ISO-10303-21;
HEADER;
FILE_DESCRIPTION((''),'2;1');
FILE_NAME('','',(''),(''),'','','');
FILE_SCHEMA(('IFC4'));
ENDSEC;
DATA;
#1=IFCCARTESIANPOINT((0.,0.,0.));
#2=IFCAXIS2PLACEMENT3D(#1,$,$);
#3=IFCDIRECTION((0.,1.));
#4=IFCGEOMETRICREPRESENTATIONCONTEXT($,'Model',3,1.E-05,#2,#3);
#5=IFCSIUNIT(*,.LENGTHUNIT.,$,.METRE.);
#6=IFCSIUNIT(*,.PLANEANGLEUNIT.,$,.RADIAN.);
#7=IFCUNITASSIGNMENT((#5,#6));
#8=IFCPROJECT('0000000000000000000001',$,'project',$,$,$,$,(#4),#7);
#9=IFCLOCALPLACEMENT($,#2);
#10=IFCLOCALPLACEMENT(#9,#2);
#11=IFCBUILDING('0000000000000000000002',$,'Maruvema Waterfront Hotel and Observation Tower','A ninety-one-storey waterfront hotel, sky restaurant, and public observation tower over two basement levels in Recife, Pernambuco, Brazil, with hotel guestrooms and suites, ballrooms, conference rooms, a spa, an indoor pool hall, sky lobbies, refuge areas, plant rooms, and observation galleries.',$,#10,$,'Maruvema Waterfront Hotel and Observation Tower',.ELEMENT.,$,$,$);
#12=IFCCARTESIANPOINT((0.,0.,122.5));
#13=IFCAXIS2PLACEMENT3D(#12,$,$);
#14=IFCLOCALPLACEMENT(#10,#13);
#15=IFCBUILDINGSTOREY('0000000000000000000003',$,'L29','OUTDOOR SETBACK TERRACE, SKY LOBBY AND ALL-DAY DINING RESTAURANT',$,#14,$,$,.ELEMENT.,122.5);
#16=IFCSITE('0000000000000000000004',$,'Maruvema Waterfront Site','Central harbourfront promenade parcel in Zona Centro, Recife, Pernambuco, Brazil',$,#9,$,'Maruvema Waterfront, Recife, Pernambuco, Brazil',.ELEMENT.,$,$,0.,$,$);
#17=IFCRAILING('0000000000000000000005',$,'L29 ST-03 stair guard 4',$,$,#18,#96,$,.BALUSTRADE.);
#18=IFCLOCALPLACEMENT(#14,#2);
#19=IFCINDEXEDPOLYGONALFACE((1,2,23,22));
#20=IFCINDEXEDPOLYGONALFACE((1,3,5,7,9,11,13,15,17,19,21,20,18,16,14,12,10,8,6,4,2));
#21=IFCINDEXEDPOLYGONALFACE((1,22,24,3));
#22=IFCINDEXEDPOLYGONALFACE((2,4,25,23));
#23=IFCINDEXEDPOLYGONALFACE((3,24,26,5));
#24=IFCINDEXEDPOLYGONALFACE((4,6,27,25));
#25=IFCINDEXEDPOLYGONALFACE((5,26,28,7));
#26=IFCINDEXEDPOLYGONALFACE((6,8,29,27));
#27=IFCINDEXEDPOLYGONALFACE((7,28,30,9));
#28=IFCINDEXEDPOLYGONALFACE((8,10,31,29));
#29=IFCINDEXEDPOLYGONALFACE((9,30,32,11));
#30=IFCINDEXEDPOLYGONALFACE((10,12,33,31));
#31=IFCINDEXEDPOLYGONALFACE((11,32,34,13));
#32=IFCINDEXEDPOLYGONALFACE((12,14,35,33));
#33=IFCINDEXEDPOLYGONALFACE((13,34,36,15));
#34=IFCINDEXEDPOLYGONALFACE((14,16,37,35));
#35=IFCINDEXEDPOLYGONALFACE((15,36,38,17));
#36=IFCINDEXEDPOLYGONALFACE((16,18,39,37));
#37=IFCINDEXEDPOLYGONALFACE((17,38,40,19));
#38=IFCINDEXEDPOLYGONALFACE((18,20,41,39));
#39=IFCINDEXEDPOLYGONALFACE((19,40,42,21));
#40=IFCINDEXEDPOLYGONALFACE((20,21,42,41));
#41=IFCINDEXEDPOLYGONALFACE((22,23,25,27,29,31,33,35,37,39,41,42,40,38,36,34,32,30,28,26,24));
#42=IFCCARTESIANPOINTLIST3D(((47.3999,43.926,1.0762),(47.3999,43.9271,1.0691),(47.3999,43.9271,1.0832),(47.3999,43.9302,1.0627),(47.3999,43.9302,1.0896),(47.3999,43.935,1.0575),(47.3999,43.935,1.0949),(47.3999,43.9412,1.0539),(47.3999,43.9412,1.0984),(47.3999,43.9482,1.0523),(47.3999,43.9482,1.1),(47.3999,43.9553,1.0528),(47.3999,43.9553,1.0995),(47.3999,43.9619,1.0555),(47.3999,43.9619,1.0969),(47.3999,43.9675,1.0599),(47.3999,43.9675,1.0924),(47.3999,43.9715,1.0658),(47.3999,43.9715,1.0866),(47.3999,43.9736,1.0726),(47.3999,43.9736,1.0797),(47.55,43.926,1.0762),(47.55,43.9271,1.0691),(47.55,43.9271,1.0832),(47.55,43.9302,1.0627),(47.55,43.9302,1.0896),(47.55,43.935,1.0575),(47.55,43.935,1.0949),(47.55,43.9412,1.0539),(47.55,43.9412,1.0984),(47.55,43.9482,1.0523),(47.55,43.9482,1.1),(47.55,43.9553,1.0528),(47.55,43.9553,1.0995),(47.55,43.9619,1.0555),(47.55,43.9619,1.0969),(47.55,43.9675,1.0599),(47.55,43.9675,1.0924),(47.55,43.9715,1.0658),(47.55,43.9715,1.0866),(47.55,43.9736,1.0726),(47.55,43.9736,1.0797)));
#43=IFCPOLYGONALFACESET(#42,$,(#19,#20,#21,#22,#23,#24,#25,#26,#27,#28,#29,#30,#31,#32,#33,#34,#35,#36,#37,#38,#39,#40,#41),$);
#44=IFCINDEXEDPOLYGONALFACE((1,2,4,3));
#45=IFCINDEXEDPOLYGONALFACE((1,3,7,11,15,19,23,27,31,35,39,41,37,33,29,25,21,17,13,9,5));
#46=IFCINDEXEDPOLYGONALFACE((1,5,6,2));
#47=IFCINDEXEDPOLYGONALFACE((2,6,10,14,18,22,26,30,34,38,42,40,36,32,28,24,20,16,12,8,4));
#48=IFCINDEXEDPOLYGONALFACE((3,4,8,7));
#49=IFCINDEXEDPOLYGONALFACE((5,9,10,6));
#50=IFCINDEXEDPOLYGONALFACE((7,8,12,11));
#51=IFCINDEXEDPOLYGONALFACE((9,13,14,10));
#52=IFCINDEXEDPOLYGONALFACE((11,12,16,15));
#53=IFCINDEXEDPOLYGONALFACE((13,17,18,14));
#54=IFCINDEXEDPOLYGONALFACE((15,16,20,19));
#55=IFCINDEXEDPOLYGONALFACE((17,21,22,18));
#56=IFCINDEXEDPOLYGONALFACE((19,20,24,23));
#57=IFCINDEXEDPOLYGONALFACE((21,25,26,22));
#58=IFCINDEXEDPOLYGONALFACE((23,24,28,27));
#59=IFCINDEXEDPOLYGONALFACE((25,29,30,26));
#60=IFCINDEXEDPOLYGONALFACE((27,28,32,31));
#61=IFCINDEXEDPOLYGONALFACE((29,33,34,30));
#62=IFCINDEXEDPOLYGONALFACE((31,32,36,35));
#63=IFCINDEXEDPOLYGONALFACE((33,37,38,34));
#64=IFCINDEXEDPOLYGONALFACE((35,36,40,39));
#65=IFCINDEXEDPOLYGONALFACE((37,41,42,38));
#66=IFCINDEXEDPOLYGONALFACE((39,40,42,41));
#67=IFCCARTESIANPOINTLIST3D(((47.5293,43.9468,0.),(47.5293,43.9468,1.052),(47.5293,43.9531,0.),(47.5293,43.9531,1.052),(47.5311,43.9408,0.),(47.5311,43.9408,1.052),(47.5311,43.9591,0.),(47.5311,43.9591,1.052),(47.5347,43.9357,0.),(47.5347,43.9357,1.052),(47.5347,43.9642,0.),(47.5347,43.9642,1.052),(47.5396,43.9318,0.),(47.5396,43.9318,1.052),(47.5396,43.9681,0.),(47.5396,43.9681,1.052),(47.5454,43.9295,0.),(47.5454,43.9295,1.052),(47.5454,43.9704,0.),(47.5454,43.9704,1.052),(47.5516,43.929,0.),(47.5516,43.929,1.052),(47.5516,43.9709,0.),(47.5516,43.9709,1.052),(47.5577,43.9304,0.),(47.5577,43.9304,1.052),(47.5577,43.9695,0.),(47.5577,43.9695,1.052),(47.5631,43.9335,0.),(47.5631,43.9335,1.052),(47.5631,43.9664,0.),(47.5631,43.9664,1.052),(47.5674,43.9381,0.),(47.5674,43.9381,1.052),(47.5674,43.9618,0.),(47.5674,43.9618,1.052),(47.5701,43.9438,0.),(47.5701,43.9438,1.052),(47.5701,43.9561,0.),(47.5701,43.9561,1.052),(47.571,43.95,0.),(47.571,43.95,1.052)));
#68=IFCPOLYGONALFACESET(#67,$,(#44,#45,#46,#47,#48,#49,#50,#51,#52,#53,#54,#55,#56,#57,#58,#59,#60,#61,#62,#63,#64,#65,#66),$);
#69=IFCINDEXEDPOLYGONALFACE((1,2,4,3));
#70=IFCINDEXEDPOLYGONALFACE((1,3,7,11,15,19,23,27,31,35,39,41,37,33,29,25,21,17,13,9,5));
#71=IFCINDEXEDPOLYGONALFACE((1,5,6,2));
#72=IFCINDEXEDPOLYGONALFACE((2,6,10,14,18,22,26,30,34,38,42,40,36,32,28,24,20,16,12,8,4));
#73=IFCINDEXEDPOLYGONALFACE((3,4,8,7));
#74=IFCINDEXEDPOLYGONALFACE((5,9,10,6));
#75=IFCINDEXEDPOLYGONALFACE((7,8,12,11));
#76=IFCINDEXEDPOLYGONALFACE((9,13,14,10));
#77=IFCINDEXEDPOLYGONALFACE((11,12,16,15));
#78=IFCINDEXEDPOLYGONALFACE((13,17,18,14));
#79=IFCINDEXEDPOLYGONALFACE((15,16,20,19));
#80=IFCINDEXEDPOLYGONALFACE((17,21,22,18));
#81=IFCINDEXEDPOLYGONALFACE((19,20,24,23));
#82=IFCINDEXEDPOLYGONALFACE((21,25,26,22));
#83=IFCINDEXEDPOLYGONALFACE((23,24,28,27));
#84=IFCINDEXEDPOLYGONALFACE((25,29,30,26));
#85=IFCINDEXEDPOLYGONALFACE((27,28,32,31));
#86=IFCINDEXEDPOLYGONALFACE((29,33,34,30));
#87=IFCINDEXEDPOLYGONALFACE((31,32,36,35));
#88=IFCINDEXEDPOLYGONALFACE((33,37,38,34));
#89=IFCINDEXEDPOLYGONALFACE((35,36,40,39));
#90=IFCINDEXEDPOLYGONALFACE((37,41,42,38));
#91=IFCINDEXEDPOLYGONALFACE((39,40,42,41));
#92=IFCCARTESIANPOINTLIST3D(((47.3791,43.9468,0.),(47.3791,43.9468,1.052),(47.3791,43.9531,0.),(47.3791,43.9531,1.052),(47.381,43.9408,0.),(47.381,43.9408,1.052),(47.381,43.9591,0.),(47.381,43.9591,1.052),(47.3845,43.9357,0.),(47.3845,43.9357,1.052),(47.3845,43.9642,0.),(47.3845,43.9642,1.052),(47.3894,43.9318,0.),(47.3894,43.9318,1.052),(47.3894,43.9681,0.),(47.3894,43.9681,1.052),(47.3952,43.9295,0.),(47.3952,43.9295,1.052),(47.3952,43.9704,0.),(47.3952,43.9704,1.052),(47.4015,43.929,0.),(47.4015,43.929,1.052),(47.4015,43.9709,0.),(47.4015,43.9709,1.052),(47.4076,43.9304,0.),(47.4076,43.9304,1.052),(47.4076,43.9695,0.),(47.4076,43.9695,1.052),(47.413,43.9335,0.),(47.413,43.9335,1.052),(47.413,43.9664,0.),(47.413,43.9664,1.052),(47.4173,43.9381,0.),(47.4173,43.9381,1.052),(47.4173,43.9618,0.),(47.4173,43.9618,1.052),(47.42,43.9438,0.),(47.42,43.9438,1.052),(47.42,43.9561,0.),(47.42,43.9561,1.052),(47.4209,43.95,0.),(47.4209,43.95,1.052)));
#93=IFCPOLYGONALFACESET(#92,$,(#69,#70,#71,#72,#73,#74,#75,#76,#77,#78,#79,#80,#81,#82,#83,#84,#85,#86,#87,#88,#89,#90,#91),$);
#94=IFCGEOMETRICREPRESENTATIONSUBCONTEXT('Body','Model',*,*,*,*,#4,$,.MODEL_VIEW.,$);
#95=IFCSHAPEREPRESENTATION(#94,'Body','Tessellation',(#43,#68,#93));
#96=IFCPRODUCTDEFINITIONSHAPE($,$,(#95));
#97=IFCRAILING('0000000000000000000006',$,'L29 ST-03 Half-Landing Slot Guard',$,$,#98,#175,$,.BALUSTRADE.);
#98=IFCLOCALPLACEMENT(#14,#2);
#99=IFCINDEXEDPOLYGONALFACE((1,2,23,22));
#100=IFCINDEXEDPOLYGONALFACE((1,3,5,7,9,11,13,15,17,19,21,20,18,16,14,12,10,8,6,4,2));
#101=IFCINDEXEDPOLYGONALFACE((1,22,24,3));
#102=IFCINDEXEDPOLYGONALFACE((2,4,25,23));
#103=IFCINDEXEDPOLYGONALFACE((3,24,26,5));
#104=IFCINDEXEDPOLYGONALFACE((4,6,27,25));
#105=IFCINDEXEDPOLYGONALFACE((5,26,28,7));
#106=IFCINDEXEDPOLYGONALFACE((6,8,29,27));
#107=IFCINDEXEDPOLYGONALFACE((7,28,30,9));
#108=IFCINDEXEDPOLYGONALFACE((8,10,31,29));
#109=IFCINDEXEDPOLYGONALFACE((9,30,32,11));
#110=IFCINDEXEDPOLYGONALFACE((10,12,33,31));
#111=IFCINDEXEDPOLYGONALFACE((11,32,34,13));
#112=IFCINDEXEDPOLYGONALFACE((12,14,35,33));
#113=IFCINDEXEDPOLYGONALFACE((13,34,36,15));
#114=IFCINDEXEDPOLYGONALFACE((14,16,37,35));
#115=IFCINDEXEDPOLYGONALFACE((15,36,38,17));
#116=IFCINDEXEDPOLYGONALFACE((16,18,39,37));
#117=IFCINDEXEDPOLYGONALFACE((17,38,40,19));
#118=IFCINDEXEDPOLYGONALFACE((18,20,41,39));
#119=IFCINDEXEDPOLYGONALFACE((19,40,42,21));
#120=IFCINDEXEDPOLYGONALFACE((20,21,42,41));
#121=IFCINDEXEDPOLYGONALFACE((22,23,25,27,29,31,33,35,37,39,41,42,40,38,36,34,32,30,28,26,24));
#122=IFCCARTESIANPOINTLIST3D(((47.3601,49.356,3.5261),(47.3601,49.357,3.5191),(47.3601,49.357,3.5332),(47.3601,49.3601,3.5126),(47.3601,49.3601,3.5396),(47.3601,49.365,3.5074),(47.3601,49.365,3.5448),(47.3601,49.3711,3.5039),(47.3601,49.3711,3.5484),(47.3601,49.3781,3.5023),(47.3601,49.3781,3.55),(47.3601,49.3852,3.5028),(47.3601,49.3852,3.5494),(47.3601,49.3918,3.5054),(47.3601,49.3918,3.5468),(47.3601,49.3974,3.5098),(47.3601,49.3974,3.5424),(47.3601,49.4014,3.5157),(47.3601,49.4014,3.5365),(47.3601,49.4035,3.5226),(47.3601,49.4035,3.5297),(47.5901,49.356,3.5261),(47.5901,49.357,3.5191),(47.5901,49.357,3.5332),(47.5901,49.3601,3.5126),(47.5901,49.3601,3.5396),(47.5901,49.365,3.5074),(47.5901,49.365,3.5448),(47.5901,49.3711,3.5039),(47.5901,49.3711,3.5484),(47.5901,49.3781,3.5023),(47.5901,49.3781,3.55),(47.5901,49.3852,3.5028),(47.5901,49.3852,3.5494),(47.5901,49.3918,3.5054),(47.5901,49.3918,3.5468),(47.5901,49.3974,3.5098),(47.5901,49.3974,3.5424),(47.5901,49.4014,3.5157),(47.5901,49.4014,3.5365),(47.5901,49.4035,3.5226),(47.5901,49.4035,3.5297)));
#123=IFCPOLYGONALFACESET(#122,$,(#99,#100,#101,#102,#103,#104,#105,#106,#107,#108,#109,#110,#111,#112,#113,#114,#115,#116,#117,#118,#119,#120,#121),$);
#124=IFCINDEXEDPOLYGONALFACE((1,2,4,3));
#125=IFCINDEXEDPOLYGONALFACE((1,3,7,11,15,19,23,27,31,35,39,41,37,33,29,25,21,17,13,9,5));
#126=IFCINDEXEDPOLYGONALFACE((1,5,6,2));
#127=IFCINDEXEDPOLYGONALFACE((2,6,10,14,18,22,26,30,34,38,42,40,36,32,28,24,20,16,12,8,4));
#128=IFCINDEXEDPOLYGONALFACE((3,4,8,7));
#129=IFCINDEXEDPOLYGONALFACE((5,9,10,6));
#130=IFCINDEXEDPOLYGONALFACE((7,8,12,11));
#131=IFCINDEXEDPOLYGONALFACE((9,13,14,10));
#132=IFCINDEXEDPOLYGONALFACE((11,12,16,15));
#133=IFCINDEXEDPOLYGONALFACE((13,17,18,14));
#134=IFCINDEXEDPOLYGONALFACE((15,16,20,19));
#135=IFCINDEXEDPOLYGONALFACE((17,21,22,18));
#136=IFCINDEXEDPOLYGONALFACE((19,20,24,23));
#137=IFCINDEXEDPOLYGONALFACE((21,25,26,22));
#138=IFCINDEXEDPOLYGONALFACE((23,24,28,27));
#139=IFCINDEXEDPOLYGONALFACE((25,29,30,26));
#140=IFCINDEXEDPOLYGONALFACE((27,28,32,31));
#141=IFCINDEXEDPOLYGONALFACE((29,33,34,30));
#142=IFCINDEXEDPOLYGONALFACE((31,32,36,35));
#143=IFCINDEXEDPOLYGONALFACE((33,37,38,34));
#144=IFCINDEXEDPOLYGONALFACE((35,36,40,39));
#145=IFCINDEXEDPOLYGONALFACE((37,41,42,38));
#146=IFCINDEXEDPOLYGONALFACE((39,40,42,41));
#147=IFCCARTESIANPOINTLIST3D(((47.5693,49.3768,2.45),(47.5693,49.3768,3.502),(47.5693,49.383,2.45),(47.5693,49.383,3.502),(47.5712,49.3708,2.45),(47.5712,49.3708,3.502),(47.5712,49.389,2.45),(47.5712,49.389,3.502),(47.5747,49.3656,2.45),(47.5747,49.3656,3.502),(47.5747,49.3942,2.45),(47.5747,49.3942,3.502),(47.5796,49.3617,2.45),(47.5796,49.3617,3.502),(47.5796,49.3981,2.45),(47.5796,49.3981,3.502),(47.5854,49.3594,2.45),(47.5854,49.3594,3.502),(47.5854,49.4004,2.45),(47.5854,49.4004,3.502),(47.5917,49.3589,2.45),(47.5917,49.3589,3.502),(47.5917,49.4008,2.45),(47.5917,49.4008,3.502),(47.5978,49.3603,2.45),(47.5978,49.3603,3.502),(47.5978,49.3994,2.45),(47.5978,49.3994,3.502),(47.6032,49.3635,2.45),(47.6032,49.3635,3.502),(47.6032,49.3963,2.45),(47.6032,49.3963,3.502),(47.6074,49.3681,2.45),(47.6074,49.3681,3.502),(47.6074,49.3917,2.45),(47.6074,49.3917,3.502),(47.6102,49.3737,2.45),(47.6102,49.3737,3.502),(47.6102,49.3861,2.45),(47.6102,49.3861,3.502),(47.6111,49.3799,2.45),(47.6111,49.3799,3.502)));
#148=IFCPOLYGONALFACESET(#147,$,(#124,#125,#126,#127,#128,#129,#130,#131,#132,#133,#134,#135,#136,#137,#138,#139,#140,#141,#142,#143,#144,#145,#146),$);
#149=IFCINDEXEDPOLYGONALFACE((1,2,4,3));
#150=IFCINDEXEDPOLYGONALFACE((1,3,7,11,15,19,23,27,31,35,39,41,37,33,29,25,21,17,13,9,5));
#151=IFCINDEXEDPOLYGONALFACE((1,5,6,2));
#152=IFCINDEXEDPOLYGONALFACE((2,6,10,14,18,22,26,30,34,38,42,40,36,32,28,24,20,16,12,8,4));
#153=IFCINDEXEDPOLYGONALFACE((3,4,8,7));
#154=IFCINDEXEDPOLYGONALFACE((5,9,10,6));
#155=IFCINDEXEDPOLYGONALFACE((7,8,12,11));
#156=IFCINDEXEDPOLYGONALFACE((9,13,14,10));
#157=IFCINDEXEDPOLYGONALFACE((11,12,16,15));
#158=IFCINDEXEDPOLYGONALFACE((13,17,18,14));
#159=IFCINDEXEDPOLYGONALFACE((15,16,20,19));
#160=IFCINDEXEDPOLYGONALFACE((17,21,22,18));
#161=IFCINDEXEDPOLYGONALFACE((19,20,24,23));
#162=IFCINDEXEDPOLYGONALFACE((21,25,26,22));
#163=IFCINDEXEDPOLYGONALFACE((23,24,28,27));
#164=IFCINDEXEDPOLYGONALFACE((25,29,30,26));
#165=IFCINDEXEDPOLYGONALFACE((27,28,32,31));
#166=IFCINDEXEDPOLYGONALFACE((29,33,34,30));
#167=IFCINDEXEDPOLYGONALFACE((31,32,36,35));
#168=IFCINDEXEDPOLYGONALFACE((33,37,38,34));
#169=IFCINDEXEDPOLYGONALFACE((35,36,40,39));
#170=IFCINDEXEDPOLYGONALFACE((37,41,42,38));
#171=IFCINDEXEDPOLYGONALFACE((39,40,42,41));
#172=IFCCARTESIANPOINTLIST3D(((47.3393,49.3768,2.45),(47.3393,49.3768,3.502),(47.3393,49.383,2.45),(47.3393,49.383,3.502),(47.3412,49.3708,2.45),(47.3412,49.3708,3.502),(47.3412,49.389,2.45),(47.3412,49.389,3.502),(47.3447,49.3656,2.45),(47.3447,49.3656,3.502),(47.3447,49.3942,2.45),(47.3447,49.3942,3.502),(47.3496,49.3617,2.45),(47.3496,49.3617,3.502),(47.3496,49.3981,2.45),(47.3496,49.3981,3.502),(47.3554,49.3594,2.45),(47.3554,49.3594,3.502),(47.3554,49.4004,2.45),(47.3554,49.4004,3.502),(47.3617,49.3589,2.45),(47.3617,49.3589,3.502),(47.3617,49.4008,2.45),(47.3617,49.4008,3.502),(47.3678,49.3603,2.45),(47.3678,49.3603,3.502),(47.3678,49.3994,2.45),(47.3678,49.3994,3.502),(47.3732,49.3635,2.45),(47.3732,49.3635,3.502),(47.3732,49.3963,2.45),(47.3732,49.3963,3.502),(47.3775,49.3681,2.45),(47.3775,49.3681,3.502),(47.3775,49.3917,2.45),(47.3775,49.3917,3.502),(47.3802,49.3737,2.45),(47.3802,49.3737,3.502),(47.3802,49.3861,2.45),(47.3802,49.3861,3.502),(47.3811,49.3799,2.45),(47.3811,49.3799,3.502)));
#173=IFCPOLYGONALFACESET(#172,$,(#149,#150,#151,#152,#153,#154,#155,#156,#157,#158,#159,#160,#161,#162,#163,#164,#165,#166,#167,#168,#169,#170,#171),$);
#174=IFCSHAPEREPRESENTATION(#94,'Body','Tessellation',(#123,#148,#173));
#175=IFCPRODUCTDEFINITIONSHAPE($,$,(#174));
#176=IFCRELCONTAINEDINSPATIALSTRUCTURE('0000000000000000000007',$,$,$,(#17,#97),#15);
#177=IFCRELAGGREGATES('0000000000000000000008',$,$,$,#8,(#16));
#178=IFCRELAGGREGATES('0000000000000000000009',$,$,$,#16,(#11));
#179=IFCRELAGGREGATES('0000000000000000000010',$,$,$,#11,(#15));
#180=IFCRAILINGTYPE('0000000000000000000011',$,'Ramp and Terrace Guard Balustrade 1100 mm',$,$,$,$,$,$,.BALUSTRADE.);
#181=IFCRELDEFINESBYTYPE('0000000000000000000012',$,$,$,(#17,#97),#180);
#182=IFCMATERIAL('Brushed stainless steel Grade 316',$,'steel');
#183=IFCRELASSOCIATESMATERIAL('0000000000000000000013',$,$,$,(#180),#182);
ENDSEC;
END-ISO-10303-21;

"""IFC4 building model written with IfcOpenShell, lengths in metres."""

from ifc_helpers import new_model, si_unit, direction, frame, origin, origin_2d, place, context, subcontext, project, spatial, circle, extrude, material, type_object, element, save


model = new_model("IFC4")

# Units and contexts
model_context = context("Model", 3, precision=1e-05, world=origin(), true_north=direction((0.0, 1.0)))
body_context = subcontext(model_context, "Body", "Model", "MODEL_VIEW")
ifc_project = project(units=[si_unit("LENGTHUNIT", "METRE"), si_unit("PLANEANGLEUNIT", "RADIAN")], contexts=[model_context])

# Site, building, storey
site_placement = place(None, origin())
site = spatial("IfcSite", under=ifc_project, at=site_placement, Name="Maruvema Waterfront Site", Description="Central harbourfront promenade parcel in Zona Centro, Recife, Pernambuco, Brazil", LongName="Maruvema Waterfront, Recife, Pernambuco, Brazil", CompositionType="ELEMENT", RefElevation=0.0)
building_placement = place(site_placement, origin())
building = spatial("IfcBuilding", under=site, at=building_placement, Name="Maruvema Waterfront Hotel and Observation Tower", Description="A ninety-one-storey waterfront hotel, sky restaurant, and public observation tower over two basement levels in Recife, Pernambuco, Brazil, with hotel guestrooms and suites, ballrooms, conference rooms, a spa, an indoor pool hall, sky lobbies, refuge areas, plant rooms, and observation galleries.", LongName="Maruvema Waterfront Hotel and Observation Tower", CompositionType="ELEMENT")
storey_placement = place(building_placement, frame((0.0, 0.0, 122.5)))
storey = spatial("IfcBuildingStorey", under=building, at=storey_placement, Name="L29", Description="OUTDOOR SETBACK TERRACE, SKY LOBBY AND ALL-DAY DINING RESTAURANT", CompositionType="ELEMENT", Elevation=122.5)

# Railings
ifc_material_1 = material(Name="Brushed stainless steel Grade 316", Category="steel")
railing_type_1 = type_object("IfcRailingType", Name="Ramp and Terrace Guard Balustrade 1100 mm", PredefinedType="BALUSTRADE", material=ifc_material_1)
railing_1_placement = place(storey_placement, frame((47.55, 43.95, 0.0)))
element("IfcRailing", 1, at=railing_1_placement, inside=storey, type_object=railing_type_1, Name="L29 ST-03 stair guard 4", PredefinedType="BALUSTRADE", context=body_context, shape_type="SweptSolid", body=[
    extrude(circle(Radius=0.0239, at=origin_2d()), frame((0.0, 0.0, 1.0762), z_axis=(-1.0, 0.0, 0.0), x_axis=(0.0, -1.0, 0.0)), (0.0, 0.0, 1.0), 0.1501),
    extrude(circle(Radius=0.021, at=origin_2d()), origin(), (0.0, 0.0, 1.0), 1.052),
    extrude(circle(Radius=0.021, at=origin_2d()), frame((-0.1501, 0.0, 0.0)), (0.0, 0.0, 1.0), 1.052),
])
railing_2_placement = place(storey_placement, frame((47.5901, 49.3799, 2.45)))
element("IfcRailing", 2, at=railing_2_placement, inside=storey, type_object=railing_type_1, Name="L29 ST-03 Half-Landing Slot Guard", PredefinedType="BALUSTRADE", context=body_context, shape_type="SweptSolid", body=[
    extrude(circle(Radius=0.0239, at=origin_2d()), frame((0.0, 0.0, 1.0762), z_axis=(-1.0, 0.0, 0.0), x_axis=(0.0, -1.0, 0.0)), (0.0, 0.0, 1.0), 0.23),
    extrude(circle(Radius=0.021, at=origin_2d()), origin(), (0.0, 0.0, 1.0), 1.052),
    extrude(circle(Radius=0.021, at=origin_2d()), frame((-0.23, 0.0, 0.0)), (0.0, 0.0, 1.0), 1.052),
])

save(model, "model.ifc")
